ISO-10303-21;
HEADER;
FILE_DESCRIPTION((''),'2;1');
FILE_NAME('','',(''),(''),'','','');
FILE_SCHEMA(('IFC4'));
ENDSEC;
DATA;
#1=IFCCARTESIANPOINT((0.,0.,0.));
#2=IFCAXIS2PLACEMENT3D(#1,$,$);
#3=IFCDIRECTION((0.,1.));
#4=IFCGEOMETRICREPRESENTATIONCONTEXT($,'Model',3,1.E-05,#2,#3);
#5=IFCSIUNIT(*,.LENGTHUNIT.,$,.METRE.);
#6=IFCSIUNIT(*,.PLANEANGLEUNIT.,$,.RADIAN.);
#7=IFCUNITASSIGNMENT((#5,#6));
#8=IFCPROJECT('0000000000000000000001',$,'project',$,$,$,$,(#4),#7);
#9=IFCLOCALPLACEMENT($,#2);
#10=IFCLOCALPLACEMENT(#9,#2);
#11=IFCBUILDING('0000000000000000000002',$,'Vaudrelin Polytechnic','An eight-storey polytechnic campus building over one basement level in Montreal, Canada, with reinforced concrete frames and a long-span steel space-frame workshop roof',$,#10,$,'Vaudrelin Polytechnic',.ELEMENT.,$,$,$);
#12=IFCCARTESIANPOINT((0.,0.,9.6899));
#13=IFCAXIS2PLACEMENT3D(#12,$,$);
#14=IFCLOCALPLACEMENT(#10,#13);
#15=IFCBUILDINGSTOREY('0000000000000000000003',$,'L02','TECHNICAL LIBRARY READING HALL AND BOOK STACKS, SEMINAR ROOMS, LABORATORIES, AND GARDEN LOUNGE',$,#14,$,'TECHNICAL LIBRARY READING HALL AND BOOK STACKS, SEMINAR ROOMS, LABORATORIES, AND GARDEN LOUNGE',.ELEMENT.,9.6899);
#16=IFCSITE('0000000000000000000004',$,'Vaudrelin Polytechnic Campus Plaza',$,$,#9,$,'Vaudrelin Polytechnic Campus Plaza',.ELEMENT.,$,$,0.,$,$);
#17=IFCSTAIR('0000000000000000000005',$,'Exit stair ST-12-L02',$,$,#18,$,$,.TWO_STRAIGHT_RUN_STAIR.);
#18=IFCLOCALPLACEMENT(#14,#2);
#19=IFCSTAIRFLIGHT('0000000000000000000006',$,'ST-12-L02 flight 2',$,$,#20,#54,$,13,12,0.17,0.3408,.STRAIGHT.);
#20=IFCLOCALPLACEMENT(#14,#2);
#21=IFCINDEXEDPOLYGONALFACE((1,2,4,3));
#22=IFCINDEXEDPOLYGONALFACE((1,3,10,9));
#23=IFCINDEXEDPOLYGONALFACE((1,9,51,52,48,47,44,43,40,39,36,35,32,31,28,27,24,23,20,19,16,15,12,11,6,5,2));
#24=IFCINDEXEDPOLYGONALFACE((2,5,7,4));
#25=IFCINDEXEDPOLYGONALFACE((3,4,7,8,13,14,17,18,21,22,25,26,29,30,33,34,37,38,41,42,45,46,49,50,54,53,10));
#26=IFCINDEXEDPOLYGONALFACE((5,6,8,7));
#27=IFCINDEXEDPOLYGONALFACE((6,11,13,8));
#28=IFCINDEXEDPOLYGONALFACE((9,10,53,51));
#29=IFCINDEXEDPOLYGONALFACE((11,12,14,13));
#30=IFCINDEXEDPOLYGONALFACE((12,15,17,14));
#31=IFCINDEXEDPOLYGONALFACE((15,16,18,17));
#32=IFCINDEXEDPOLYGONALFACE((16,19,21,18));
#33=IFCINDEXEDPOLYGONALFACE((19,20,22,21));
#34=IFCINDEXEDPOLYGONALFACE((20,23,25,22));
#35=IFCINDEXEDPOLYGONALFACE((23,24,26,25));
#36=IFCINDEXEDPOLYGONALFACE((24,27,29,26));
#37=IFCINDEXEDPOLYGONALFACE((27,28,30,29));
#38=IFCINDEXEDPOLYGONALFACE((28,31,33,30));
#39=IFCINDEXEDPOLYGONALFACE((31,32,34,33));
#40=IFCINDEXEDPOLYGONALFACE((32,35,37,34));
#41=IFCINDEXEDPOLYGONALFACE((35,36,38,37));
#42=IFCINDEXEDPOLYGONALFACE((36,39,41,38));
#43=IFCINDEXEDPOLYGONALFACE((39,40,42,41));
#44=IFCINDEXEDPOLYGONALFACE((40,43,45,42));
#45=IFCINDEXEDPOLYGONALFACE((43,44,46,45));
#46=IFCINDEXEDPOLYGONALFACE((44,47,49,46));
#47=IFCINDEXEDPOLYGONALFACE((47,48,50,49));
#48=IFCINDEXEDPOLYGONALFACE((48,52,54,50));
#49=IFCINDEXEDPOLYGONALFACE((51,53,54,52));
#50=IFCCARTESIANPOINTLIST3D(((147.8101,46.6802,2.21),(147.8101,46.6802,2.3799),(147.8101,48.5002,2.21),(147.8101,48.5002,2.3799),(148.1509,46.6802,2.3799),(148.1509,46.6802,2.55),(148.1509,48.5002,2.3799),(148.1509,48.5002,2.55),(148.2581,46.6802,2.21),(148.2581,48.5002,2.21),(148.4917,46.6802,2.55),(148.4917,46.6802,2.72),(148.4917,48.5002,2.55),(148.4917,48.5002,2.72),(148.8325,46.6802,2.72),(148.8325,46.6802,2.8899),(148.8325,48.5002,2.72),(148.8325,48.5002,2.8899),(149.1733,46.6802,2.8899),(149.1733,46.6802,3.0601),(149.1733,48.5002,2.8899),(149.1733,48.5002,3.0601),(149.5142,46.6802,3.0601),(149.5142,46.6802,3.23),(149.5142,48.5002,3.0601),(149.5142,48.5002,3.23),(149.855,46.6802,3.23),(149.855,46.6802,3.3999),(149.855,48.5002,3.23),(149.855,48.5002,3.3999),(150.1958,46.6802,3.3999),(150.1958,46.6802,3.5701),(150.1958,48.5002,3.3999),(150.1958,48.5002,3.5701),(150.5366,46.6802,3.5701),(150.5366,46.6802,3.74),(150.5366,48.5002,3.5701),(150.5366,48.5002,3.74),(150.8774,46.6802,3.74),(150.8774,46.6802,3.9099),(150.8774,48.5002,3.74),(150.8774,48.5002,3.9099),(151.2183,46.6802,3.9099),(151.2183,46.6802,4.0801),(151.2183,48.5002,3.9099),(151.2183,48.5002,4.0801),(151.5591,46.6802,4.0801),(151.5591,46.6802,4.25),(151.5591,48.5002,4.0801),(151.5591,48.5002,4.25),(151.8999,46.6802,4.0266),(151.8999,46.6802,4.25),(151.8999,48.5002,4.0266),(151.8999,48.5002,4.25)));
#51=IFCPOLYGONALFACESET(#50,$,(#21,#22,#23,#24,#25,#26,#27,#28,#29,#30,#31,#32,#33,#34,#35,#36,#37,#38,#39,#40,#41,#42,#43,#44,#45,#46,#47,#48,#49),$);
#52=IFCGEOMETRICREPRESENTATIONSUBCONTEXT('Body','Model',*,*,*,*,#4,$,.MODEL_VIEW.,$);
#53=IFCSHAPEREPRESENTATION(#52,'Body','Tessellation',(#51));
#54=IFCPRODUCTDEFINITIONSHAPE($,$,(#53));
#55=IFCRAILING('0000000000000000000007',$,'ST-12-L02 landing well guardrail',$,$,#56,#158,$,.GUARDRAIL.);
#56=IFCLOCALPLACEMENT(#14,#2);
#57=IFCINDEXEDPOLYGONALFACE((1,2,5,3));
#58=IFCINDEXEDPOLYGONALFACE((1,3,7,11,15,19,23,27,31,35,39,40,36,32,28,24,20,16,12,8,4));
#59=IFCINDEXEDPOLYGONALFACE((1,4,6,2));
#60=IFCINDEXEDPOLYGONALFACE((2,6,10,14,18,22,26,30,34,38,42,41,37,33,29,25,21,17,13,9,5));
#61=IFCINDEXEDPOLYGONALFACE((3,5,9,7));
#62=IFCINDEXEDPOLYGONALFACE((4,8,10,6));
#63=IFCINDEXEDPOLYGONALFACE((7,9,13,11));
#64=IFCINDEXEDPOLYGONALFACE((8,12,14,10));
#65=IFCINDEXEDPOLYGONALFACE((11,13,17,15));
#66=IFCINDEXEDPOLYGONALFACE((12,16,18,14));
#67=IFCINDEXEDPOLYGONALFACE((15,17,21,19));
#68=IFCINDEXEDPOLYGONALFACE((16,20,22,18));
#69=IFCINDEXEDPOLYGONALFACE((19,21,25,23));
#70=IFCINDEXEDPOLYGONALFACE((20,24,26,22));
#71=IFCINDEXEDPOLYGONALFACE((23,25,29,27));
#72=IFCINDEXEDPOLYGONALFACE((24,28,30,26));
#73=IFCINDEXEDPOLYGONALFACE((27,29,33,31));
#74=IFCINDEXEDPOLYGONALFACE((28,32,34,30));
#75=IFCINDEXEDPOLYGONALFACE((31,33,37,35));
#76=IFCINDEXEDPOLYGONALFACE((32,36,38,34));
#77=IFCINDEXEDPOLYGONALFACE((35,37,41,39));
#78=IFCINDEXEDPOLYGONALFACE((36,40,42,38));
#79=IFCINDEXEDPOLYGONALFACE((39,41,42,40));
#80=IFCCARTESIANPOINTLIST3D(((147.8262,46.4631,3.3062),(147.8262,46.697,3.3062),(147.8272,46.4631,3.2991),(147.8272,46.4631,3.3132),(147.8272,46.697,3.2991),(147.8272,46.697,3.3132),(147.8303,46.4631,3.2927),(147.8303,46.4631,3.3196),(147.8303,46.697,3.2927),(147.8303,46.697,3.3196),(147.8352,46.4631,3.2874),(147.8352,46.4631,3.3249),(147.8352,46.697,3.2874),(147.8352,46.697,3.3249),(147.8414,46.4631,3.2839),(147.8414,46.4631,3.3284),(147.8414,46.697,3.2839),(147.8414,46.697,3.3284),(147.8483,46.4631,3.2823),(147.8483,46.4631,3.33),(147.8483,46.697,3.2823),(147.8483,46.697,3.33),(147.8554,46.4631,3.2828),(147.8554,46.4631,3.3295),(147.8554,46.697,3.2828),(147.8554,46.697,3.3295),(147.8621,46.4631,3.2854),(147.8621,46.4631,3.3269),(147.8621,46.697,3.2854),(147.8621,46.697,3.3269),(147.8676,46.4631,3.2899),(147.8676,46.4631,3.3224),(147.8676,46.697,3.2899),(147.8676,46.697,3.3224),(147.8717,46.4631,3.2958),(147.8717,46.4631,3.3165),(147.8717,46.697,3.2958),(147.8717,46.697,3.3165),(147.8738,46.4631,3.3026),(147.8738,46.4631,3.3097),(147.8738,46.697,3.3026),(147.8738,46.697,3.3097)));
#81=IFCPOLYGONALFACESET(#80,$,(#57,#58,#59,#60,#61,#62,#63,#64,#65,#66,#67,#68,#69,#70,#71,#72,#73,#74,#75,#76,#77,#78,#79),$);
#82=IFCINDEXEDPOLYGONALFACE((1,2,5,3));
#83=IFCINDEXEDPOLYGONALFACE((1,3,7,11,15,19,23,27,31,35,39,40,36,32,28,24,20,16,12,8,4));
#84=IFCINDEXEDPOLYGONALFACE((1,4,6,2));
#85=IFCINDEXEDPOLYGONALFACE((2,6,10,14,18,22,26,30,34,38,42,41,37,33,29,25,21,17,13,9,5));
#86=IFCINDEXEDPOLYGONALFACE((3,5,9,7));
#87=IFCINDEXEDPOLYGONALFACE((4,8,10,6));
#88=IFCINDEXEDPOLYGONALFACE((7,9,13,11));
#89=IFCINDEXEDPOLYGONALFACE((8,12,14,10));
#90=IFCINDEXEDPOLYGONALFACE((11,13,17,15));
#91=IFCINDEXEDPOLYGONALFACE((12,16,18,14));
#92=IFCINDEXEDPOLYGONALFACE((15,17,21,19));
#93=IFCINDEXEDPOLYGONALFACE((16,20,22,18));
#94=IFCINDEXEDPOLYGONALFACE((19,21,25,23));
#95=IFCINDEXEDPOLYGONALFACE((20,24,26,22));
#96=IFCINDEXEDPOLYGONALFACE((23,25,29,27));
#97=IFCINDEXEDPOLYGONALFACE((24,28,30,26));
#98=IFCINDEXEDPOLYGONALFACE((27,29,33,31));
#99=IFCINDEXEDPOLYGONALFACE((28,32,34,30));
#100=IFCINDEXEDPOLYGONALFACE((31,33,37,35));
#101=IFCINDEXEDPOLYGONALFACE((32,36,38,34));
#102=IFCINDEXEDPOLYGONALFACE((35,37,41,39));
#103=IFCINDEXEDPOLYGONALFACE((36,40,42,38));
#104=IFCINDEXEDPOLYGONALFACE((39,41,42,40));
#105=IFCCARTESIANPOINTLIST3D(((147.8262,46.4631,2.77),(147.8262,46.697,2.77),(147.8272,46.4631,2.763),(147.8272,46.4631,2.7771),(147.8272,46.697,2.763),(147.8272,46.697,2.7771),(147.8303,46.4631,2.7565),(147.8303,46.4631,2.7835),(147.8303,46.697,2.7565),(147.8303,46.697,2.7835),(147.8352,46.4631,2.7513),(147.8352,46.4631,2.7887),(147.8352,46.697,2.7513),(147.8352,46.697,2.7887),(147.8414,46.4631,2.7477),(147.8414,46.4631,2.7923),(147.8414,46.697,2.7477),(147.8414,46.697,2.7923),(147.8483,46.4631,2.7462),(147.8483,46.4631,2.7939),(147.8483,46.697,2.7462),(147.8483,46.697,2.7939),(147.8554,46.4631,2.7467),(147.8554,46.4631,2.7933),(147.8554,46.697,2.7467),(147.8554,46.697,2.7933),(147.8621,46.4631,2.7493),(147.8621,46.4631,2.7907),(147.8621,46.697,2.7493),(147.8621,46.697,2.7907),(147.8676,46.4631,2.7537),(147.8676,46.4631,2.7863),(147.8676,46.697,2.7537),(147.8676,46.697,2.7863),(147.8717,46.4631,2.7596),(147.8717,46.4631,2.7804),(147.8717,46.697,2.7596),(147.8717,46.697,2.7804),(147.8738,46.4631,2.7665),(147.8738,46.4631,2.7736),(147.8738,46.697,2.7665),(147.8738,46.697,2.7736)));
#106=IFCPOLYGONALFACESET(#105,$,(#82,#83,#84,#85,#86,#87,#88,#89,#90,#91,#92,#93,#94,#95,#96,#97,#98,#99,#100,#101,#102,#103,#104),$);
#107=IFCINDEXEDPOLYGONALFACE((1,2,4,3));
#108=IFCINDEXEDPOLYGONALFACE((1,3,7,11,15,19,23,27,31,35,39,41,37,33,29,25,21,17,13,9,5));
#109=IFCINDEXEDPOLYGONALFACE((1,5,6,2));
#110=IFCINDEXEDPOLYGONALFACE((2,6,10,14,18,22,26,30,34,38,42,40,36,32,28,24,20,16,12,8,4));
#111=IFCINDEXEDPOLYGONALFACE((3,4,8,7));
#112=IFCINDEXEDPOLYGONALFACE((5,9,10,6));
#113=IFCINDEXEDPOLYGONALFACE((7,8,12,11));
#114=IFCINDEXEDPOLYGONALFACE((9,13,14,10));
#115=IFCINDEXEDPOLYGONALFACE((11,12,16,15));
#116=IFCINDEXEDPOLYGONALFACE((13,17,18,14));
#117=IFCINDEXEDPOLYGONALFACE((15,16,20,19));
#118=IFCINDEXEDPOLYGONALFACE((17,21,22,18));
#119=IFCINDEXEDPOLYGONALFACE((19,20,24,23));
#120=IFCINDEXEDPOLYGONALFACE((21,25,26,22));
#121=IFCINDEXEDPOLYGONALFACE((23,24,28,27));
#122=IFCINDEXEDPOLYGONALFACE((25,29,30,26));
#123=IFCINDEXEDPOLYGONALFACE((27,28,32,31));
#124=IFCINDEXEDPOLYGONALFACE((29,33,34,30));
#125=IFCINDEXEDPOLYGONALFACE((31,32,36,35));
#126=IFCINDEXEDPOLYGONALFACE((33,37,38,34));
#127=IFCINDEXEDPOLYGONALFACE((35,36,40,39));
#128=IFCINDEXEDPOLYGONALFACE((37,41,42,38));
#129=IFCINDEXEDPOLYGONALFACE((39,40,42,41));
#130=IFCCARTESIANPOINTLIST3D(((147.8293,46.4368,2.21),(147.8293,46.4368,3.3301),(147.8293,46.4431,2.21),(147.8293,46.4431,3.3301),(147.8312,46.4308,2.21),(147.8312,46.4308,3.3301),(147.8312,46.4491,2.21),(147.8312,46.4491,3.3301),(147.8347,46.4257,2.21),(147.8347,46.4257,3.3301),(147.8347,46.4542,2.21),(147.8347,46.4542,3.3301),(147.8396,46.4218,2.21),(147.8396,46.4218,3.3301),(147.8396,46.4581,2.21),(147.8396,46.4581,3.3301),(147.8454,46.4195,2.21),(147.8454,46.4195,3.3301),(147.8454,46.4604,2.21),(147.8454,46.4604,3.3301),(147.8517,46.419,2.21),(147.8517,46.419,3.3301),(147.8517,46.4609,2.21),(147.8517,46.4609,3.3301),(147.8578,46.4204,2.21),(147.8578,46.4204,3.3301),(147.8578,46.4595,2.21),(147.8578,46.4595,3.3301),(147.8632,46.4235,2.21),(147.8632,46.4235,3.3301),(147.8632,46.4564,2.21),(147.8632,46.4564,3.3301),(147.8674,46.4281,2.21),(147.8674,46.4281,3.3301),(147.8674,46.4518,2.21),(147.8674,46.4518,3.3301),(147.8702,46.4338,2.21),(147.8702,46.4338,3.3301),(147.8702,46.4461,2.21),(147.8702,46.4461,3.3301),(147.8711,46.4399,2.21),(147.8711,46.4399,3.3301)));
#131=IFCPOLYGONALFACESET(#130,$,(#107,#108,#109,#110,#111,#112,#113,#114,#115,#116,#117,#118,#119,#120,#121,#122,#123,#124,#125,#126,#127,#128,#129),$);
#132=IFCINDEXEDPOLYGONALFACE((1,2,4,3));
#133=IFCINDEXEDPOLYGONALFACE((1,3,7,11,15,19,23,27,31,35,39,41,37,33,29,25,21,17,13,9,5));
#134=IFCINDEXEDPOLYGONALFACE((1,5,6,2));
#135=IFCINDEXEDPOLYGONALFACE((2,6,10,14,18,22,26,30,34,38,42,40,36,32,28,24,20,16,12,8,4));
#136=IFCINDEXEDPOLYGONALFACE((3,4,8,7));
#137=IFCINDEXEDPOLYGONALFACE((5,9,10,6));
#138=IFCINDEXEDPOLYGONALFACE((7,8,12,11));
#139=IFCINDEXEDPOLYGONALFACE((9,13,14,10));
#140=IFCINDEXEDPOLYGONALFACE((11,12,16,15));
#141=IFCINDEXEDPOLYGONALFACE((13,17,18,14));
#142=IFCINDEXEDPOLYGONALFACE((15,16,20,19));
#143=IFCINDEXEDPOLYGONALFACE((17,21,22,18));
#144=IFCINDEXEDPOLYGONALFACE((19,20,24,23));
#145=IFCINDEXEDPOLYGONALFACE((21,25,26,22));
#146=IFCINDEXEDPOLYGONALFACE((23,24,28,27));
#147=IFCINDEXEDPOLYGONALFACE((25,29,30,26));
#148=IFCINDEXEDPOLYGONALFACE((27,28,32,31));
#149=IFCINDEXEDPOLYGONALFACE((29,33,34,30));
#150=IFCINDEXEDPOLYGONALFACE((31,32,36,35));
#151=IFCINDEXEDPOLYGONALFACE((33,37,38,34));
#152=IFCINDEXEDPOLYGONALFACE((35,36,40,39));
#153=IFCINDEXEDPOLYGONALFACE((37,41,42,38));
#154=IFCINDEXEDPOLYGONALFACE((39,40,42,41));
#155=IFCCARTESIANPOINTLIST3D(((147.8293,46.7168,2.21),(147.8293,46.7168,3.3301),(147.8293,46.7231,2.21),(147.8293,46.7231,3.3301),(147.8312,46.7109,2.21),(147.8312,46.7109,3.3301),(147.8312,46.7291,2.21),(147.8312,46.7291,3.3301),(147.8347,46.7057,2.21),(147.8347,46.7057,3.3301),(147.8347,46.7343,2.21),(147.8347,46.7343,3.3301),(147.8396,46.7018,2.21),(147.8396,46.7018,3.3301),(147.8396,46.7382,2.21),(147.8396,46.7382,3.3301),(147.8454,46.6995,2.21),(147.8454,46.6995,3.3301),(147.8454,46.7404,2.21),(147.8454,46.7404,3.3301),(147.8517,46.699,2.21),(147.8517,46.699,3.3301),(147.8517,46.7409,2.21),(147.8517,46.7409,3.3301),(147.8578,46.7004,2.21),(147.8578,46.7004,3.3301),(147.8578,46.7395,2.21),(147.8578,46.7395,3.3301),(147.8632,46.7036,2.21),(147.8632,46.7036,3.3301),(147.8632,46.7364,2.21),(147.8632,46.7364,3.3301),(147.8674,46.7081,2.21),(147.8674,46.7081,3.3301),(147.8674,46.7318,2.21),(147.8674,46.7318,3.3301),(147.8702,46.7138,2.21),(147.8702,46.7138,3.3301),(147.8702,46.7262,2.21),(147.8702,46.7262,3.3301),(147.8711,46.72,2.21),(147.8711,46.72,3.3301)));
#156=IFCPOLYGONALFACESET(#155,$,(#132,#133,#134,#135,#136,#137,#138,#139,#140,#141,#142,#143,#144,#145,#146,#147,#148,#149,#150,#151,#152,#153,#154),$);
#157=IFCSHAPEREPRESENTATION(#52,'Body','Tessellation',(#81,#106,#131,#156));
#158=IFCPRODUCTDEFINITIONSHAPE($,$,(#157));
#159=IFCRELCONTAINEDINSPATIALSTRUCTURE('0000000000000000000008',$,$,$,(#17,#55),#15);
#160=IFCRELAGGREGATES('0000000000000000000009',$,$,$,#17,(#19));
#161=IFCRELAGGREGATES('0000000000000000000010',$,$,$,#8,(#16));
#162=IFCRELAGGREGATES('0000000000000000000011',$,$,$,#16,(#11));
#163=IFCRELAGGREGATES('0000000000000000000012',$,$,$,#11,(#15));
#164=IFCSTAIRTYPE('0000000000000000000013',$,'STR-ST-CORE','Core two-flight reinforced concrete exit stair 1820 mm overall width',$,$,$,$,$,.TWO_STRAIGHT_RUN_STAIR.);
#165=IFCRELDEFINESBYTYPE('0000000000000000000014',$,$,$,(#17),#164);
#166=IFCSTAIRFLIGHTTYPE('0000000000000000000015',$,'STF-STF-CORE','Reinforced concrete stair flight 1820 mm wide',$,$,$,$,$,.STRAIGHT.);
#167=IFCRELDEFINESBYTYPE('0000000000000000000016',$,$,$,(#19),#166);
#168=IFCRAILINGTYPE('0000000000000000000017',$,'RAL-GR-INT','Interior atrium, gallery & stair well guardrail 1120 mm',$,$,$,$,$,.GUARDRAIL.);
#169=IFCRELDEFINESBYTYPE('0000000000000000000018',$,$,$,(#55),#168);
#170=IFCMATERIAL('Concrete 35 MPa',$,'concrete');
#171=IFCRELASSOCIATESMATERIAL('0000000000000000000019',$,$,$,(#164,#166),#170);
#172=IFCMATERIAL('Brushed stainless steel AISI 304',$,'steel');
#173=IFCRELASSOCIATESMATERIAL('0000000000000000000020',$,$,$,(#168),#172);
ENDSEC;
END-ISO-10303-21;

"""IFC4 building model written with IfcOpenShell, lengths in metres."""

from ifc_helpers import new_model, si_unit, direction, frame, origin, origin_2d, place, context, subcontext, project, spatial, polyline, circle, outline, extrude, material, type_object, element, aggregate, save


model = new_model("IFC4")

# Units and contexts
model_context = context("Model", 3, precision=1e-05, world=origin(), true_north=direction((0.0, 1.0)))
body_context = subcontext(model_context, "Body", "Model", "MODEL_VIEW")
ifc_project = project(units=[si_unit("LENGTHUNIT", "METRE"), si_unit("PLANEANGLEUNIT", "RADIAN")], contexts=[model_context])

# Site, building, storey
site_placement = place(None, origin())
site = spatial("IfcSite", under=ifc_project, at=site_placement, Name="Vaudrelin Polytechnic Campus Plaza", LongName="Vaudrelin Polytechnic Campus Plaza", CompositionType="ELEMENT", RefElevation=0.0)
building_placement = place(site_placement, origin())
building = spatial("IfcBuilding", under=site, at=building_placement, Name="Vaudrelin Polytechnic", Description="An eight-storey polytechnic campus building over one basement level in Montreal, Canada, with reinforced concrete frames and a long-span steel space-frame workshop roof", LongName="Vaudrelin Polytechnic", CompositionType="ELEMENT")
storey_placement = place(building_placement, frame((0.0, 0.0, 9.6899)))
storey = spatial("IfcBuildingStorey", under=building, at=storey_placement, Name="L02", Description="TECHNICAL LIBRARY READING HALL AND BOOK STACKS, SEMINAR ROOMS, LABORATORIES, AND GARDEN LOUNGE", LongName="TECHNICAL LIBRARY READING HALL AND BOOK STACKS, SEMINAR ROOMS, LABORATORIES, AND GARDEN LOUNGE", CompositionType="ELEMENT", Elevation=9.6899)

# Stair, stair flight
ifc_material_1 = material(Name="Concrete 35 MPa", Category="concrete")
stair_type = type_object("IfcStairType", Name="STR-ST-CORE", Description="Core two-flight reinforced concrete exit stair 1820 mm overall width", PredefinedType="TWO_STRAIGHT_RUN_STAIR", material=ifc_material_1)
stair_placement = place(storey_placement, origin())
stair = element("IfcStair", 1, at=stair_placement, inside=storey, type_object=stair_type, Name="Exit stair ST-12-L02", PredefinedType="TWO_STRAIGHT_RUN_STAIR")
stair_flight_type = type_object("IfcStairFlightType", Name="STF-STF-CORE", Description="Reinforced concrete stair flight 1820 mm wide", PredefinedType="STRAIGHT", material=ifc_material_1)
stair_flight_1_placement = place(storey_placement, frame((147.8101, 47.5901, 2.21), z_axis=(0.0, 0.0, 1.0), x_axis=(1.0, 0.0, 0.0)))
stair_flight_1 = element("IfcStairFlight", 2, at=stair_flight_1_placement, type_object=stair_flight_type, Name="ST-12-L02 flight 2", NumberOfRisers=13, NumberOfTreads=12, PredefinedType="STRAIGHT", RiserHeight=0.17, TreadLength=0.3408, context=body_context, shape_type="SweptSolid", body=[
    extrude(outline(polyline([(0.0, 0.0), (0.0, 0.1699), (0.3408, 0.1699), (0.3408, 0.3401), (0.6816, 0.3401), (0.6816, 0.51), (1.0225, 0.51), (1.0225, 0.6799), (1.3633, 0.6799), (1.3633, 0.8501), (1.7041, 0.8501), (1.7041, 1.02), (2.0449, 1.02), (2.0449, 1.1899), (2.3857, 1.1899), (2.3857, 1.3601), (2.7266, 1.3601), (2.7266, 1.53), (3.0674, 1.53), (3.0674, 1.7), (3.4082, 1.7), (3.4082, 1.8701), (3.749, 1.8701), (3.749, 2.04), (4.0898, 2.04), (4.0898, 2.21), (4.0898, 1.8167), (0.448, 0.0), (0.0, 0.0)])), frame((0.0, 0.9102, 0.0), z_axis=(0.0, -1.0, 0.0), x_axis=(1.0, 0.0, 0.0)), (0.0, 0.0, 1.0), 1.8201),
])
aggregate(stair, [stair_flight_1])

# Railing
ifc_material_2 = material(Name="Brushed stainless steel AISI 304", Category="steel")
railing_type_1 = type_object("IfcRailingType", Name="RAL-GR-INT", Description="Interior atrium, gallery & stair well guardrail 1120 mm", PredefinedType="GUARDRAIL", material=ifc_material_2)
railing_1_placement = place(storey_placement, frame((147.8501, 46.4399, 2.21)))
element("IfcRailing", 3, at=railing_1_placement, inside=storey, type_object=railing_type_1, Name="ST-12-L02 landing well guardrail", PredefinedType="GUARDRAIL", context=body_context, shape_type="SweptSolid", body=[
    extrude(circle(Radius=0.0239, at=origin_2d()), frame((0.0, 0.0232, 1.0962), z_axis=(0.0, 1.0, 0.0), x_axis=(-1.0, 0.0, 0.0)), (0.0, 0.0, 1.0), 0.2339),
    extrude(circle(Radius=0.0239, at=origin_2d()), frame((0.0, 0.0232, 0.5601), z_axis=(0.0, 1.0, 0.0), x_axis=(-1.0, 0.0, 0.0)), (0.0, 0.0, 1.0), 0.2339),
    extrude(circle(Radius=0.021, at=origin_2d()), origin(), (0.0, 0.0, 1.0), 1.1201),
    extrude(circle(Radius=0.021, at=origin_2d()), frame((0.0, 0.28, 0.0)), (0.0, 0.0, 1.0), 1.1201),
])

save(model, "model.ifc")
